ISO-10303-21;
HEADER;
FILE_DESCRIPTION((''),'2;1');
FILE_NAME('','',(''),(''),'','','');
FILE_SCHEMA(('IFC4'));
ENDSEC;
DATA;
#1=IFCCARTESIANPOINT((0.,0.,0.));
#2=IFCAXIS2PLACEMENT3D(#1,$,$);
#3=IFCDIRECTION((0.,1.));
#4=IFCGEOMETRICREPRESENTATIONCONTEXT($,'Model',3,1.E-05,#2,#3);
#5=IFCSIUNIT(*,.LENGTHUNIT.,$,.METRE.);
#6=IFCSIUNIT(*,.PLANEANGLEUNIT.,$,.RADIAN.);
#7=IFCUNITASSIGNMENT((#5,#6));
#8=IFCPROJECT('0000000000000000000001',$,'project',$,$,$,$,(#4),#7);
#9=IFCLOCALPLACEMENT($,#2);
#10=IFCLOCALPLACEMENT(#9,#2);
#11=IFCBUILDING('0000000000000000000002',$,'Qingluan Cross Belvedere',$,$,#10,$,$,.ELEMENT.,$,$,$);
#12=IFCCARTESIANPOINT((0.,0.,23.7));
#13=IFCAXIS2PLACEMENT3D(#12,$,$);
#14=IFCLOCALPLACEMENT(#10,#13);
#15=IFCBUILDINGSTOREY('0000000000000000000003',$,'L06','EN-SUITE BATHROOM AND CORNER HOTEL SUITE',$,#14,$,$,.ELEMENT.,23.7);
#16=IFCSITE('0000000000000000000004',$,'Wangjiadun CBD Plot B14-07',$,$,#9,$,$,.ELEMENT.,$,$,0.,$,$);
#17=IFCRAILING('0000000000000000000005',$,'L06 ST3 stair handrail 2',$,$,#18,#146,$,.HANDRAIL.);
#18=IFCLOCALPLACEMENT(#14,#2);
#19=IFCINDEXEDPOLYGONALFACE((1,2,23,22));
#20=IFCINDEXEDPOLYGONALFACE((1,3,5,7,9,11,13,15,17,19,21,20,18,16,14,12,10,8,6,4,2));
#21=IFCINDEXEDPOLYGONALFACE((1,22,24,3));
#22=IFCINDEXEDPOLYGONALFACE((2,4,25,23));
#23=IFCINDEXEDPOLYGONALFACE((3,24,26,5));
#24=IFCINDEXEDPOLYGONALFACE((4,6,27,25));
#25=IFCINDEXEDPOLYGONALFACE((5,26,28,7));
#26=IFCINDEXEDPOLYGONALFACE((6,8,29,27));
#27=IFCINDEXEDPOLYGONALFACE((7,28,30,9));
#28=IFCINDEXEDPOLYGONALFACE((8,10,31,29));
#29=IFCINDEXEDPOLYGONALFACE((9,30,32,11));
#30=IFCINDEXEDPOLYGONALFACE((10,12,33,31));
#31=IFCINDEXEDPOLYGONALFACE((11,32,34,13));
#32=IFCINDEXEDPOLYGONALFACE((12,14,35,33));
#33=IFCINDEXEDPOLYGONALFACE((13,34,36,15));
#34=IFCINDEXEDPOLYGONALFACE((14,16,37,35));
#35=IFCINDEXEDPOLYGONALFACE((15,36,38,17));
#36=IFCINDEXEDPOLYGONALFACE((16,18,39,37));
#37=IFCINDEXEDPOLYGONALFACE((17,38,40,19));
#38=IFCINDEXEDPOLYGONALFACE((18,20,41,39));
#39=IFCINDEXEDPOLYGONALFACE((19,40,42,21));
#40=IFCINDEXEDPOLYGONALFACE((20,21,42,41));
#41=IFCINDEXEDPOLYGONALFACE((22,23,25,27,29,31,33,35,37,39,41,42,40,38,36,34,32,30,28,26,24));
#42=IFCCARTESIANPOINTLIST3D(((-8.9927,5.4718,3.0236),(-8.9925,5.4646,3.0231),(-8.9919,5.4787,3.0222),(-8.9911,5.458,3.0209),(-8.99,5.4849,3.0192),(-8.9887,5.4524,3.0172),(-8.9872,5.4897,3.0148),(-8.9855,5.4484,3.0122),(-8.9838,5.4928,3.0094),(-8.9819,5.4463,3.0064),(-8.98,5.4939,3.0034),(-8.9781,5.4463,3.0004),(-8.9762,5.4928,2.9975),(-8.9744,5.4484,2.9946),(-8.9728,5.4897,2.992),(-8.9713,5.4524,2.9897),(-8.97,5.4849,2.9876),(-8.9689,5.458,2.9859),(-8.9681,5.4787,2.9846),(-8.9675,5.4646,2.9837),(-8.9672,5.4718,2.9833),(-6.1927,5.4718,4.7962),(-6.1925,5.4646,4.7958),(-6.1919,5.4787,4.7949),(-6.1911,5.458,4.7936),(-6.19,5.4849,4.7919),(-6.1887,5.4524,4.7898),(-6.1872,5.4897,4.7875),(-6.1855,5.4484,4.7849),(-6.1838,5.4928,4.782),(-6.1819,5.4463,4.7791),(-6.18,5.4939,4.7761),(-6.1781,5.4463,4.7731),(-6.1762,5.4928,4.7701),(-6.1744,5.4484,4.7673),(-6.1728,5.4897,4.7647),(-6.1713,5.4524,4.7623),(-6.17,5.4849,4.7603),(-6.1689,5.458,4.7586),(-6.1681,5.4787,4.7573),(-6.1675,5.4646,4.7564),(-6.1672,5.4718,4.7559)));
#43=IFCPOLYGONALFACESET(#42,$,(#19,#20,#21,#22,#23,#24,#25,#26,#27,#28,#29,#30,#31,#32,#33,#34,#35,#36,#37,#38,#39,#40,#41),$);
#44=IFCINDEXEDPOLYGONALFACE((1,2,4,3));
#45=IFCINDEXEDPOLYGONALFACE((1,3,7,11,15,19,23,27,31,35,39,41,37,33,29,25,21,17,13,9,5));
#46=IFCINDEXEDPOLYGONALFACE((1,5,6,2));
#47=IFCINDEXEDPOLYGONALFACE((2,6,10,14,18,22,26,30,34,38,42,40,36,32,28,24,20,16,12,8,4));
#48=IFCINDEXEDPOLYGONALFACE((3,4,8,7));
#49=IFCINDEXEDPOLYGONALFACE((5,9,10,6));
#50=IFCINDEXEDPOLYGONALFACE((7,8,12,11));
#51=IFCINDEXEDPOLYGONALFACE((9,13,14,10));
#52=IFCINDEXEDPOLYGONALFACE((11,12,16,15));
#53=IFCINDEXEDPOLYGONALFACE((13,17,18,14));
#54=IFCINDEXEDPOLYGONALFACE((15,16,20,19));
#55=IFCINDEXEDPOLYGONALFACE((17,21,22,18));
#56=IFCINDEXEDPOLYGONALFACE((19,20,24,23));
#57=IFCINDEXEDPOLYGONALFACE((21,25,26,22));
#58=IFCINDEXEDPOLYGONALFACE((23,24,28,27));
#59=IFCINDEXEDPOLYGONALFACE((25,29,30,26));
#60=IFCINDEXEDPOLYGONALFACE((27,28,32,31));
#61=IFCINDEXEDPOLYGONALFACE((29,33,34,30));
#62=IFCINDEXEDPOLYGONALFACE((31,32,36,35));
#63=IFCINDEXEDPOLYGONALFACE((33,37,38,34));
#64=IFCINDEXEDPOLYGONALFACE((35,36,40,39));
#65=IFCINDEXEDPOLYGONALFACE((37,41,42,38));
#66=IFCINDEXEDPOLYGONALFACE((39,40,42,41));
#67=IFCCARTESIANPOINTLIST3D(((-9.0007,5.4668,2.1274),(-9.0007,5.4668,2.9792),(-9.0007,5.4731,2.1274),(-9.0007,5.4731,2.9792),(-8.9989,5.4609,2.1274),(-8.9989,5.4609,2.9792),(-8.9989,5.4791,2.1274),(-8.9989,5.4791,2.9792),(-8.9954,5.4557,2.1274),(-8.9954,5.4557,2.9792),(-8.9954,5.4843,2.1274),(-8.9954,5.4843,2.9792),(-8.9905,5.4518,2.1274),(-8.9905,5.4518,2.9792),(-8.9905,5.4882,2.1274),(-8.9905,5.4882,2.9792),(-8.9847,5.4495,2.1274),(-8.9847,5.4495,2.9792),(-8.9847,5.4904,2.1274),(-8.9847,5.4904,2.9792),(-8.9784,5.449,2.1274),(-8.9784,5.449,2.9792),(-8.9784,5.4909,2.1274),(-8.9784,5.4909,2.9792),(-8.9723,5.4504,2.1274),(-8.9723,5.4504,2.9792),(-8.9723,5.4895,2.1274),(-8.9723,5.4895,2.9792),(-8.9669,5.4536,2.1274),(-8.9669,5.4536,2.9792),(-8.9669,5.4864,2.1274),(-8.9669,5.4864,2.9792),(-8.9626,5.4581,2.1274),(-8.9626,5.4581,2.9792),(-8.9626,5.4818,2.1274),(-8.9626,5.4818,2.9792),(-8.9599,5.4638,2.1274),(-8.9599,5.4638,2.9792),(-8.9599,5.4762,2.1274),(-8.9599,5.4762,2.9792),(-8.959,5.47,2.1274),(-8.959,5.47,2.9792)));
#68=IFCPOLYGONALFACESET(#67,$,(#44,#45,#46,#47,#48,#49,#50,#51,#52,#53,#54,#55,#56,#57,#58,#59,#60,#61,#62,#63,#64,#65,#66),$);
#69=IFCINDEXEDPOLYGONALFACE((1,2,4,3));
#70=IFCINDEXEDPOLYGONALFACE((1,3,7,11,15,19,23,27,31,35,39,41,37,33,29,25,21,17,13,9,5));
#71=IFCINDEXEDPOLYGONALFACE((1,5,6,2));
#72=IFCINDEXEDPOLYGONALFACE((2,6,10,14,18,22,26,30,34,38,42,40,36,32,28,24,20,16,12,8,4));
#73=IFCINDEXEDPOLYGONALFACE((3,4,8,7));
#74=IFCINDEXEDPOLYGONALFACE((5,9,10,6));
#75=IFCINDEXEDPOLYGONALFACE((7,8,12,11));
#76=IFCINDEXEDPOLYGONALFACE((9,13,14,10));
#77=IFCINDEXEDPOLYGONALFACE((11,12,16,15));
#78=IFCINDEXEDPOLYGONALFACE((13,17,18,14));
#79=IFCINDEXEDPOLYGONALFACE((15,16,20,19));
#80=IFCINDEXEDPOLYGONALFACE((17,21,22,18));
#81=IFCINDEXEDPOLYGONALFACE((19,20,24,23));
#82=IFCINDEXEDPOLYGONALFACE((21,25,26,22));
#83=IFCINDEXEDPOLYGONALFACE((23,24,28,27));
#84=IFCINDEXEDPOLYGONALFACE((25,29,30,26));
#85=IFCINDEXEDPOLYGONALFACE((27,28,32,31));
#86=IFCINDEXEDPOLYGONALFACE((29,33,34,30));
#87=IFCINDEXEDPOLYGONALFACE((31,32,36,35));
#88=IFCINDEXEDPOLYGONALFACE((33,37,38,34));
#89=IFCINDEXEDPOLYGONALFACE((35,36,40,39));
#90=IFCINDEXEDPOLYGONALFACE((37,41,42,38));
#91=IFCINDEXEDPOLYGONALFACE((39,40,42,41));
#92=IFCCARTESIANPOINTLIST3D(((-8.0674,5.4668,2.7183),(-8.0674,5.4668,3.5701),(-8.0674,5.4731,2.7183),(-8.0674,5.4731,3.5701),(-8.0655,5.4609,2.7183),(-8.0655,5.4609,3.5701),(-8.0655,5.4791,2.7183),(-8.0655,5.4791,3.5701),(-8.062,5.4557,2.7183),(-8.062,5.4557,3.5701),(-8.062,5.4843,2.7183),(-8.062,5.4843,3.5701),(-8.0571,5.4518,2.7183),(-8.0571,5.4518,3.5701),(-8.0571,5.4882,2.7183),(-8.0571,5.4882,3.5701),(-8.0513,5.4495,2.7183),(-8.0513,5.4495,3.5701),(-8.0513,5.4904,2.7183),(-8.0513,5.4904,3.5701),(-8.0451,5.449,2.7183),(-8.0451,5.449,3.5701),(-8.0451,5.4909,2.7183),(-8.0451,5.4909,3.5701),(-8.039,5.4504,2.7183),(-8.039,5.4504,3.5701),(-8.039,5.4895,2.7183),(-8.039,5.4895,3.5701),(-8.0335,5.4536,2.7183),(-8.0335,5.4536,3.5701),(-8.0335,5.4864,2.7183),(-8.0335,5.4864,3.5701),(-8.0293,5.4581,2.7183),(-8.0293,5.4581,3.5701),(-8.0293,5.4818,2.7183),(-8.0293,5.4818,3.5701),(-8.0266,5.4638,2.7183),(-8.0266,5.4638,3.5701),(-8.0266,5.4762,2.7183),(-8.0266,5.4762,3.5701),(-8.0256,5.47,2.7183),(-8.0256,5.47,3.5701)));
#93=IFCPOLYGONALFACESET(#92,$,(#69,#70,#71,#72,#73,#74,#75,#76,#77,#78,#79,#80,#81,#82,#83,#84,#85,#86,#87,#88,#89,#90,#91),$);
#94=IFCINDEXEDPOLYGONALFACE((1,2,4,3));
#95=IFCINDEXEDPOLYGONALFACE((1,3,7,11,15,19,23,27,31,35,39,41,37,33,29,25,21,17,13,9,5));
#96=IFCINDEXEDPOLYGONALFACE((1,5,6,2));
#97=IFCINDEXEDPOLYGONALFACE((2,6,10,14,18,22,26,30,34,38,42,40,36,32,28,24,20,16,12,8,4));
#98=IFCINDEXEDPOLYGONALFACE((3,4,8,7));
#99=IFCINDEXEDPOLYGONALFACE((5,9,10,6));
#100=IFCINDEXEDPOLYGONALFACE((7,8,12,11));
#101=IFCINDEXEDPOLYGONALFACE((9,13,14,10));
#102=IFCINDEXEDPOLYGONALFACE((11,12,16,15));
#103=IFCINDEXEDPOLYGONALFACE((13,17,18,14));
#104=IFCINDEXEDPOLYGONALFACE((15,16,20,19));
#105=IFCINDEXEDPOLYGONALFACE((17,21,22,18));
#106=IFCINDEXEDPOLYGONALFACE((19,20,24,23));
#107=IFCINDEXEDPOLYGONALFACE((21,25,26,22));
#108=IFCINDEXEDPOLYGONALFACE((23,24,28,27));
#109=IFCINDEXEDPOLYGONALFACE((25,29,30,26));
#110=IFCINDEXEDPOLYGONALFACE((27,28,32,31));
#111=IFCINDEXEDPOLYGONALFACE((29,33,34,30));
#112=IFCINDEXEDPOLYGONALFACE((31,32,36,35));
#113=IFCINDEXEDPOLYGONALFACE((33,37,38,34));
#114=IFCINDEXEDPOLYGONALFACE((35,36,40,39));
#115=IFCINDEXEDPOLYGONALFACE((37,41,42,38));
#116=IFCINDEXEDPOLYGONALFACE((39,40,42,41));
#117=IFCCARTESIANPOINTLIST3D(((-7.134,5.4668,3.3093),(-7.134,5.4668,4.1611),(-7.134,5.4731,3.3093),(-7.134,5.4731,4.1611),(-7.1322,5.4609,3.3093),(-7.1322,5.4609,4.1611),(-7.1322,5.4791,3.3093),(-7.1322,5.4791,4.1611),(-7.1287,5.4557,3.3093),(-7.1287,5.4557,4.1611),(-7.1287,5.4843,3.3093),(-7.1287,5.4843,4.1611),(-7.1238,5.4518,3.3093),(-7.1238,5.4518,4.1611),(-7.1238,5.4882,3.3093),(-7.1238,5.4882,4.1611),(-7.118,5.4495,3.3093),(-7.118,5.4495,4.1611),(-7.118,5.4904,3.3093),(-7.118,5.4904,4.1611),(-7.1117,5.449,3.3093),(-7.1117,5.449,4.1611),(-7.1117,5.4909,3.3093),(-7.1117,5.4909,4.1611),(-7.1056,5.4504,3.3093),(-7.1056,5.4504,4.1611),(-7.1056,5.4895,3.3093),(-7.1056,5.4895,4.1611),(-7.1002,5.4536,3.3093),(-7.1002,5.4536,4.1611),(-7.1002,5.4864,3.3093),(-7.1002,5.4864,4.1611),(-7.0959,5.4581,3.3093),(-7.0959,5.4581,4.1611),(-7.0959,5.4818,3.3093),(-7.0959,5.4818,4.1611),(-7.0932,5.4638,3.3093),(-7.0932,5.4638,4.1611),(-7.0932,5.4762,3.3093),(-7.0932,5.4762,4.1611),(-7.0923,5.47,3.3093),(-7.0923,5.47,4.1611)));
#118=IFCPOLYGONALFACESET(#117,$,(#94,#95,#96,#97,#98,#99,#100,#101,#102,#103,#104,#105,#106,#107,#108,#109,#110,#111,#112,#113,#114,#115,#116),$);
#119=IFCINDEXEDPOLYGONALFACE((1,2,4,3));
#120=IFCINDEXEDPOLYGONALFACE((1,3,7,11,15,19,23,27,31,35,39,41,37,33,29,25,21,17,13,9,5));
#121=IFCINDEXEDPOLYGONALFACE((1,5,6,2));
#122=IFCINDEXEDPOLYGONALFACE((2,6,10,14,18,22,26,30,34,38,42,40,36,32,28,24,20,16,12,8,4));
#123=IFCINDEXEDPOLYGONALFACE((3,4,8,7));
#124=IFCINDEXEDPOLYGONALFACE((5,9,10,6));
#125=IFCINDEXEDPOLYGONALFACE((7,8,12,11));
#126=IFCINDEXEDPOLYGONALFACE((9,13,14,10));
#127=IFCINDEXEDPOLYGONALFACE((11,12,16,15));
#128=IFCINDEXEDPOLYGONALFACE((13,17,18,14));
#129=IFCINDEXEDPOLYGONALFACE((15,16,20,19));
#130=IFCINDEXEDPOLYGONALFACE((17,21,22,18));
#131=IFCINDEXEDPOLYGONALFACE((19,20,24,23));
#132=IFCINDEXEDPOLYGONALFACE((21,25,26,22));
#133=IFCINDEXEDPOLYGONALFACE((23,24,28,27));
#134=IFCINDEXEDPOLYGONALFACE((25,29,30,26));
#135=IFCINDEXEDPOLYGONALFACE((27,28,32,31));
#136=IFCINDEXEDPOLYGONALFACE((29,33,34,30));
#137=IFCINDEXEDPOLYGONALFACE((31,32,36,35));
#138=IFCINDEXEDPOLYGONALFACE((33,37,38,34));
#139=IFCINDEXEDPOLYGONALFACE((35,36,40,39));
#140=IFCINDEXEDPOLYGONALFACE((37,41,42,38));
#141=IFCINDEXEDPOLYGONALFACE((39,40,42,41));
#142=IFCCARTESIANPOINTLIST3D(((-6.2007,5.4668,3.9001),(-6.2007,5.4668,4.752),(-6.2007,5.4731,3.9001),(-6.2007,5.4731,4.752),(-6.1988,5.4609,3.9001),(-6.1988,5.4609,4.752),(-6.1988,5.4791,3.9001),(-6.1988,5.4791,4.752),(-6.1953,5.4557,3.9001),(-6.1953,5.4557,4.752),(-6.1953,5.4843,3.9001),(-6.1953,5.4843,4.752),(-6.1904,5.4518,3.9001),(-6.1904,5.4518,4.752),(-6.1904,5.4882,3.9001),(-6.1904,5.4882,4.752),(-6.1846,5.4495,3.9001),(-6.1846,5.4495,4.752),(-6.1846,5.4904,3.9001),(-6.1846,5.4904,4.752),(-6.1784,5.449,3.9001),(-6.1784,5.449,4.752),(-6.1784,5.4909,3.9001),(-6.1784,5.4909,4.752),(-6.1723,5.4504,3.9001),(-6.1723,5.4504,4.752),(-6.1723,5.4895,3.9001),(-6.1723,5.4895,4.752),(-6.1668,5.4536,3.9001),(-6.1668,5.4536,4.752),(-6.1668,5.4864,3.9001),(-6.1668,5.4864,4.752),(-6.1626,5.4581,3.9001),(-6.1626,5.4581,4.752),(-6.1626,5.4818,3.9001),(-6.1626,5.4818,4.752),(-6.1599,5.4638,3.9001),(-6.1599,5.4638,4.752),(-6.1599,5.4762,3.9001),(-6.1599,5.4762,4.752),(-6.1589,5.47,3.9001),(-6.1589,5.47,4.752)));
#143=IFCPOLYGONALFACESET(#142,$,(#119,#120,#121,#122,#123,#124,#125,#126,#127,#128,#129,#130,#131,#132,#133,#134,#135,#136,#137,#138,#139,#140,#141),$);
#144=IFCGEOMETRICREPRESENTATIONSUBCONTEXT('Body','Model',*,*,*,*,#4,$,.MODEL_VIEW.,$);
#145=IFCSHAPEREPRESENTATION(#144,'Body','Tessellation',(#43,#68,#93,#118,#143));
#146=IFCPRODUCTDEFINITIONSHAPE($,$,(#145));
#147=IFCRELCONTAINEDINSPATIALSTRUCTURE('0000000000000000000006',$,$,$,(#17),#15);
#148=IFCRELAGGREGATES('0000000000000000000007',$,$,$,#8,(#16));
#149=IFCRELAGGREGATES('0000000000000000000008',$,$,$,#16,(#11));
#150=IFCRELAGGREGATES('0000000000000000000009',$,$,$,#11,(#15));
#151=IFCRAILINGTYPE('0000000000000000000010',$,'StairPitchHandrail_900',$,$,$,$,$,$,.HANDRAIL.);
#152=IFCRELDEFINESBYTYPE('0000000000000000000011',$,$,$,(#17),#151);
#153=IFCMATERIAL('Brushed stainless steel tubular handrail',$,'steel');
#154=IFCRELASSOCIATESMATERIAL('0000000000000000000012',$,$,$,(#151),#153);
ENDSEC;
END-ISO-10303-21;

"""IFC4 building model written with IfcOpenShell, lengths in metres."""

from ifc_helpers import new_model, si_unit, direction, frame, origin, origin_2d, place, context, subcontext, project, spatial, circle, extrude, material, type_object, element, save


model = new_model("IFC4")

# Units and contexts
model_context = context("Model", 3, precision=1e-05, world=origin(), true_north=direction((0.0, 1.0)))
body_context = subcontext(model_context, "Body", "Model", "MODEL_VIEW")
ifc_project = project(units=[si_unit("LENGTHUNIT", "METRE"), si_unit("PLANEANGLEUNIT", "RADIAN")], contexts=[model_context])

# Site, building, storey
site_placement = place(None, origin())
site = spatial("IfcSite", under=ifc_project, at=site_placement, Name="Wangjiadun CBD Plot B14-07", CompositionType="ELEMENT", RefElevation=0.0)
building_placement = place(site_placement, origin())
building = spatial("IfcBuilding", under=site, at=building_placement, Name="Qingluan Cross Belvedere", CompositionType="ELEMENT")
storey_placement = place(building_placement, frame((0.0, 0.0, 23.7)))
storey = spatial("IfcBuildingStorey", under=building, at=storey_placement, Name="L06", Description="EN-SUITE BATHROOM AND CORNER HOTEL SUITE", CompositionType="ELEMENT", Elevation=23.7)

# Railing
ifc_material_1 = material(Name="Brushed stainless steel tubular handrail", Category="steel")
railing_type_1 = type_object("IfcRailingType", Name="StairPitchHandrail_900", PredefinedType="HANDRAIL", material=ifc_material_1)
railing_1_placement = place(storey_placement, frame((-8.98, 5.47, 2.1274)))
element("IfcRailing", 1, at=railing_1_placement, inside=storey, type_object=railing_type_1, Name="L06 ST3 stair handrail 2", PredefinedType="HANDRAIL", context=body_context, shape_type="SweptSolid", body=[
    extrude(circle(Radius=0.0239, at=origin_2d()), frame((0.0, 0.0, 0.876), z_axis=(0.844909, 0.0, 0.53491), x_axis=(0.0, 1.0, 0.0)), (0.0, 0.0, 1.0), 3.314),
    extrude(circle(Radius=0.021, at=origin_2d()), origin(), (0.0, 0.0, 1.0), 0.8518),
    extrude(circle(Radius=0.021, at=origin_2d()), frame((0.9333, 0.0, 0.5908)), (0.0, 0.0, 1.0), 0.8518),
    extrude(circle(Radius=0.021, at=origin_2d()), frame((1.8667, 0.0, 1.1819)), (0.0, 0.0, 1.0), 0.8518),
    extrude(circle(Radius=0.021, at=origin_2d()), frame((2.8, 0.0, 1.7727)), (0.0, 0.0, 1.0), 0.8518),
])

save(model, "model.ifc")
